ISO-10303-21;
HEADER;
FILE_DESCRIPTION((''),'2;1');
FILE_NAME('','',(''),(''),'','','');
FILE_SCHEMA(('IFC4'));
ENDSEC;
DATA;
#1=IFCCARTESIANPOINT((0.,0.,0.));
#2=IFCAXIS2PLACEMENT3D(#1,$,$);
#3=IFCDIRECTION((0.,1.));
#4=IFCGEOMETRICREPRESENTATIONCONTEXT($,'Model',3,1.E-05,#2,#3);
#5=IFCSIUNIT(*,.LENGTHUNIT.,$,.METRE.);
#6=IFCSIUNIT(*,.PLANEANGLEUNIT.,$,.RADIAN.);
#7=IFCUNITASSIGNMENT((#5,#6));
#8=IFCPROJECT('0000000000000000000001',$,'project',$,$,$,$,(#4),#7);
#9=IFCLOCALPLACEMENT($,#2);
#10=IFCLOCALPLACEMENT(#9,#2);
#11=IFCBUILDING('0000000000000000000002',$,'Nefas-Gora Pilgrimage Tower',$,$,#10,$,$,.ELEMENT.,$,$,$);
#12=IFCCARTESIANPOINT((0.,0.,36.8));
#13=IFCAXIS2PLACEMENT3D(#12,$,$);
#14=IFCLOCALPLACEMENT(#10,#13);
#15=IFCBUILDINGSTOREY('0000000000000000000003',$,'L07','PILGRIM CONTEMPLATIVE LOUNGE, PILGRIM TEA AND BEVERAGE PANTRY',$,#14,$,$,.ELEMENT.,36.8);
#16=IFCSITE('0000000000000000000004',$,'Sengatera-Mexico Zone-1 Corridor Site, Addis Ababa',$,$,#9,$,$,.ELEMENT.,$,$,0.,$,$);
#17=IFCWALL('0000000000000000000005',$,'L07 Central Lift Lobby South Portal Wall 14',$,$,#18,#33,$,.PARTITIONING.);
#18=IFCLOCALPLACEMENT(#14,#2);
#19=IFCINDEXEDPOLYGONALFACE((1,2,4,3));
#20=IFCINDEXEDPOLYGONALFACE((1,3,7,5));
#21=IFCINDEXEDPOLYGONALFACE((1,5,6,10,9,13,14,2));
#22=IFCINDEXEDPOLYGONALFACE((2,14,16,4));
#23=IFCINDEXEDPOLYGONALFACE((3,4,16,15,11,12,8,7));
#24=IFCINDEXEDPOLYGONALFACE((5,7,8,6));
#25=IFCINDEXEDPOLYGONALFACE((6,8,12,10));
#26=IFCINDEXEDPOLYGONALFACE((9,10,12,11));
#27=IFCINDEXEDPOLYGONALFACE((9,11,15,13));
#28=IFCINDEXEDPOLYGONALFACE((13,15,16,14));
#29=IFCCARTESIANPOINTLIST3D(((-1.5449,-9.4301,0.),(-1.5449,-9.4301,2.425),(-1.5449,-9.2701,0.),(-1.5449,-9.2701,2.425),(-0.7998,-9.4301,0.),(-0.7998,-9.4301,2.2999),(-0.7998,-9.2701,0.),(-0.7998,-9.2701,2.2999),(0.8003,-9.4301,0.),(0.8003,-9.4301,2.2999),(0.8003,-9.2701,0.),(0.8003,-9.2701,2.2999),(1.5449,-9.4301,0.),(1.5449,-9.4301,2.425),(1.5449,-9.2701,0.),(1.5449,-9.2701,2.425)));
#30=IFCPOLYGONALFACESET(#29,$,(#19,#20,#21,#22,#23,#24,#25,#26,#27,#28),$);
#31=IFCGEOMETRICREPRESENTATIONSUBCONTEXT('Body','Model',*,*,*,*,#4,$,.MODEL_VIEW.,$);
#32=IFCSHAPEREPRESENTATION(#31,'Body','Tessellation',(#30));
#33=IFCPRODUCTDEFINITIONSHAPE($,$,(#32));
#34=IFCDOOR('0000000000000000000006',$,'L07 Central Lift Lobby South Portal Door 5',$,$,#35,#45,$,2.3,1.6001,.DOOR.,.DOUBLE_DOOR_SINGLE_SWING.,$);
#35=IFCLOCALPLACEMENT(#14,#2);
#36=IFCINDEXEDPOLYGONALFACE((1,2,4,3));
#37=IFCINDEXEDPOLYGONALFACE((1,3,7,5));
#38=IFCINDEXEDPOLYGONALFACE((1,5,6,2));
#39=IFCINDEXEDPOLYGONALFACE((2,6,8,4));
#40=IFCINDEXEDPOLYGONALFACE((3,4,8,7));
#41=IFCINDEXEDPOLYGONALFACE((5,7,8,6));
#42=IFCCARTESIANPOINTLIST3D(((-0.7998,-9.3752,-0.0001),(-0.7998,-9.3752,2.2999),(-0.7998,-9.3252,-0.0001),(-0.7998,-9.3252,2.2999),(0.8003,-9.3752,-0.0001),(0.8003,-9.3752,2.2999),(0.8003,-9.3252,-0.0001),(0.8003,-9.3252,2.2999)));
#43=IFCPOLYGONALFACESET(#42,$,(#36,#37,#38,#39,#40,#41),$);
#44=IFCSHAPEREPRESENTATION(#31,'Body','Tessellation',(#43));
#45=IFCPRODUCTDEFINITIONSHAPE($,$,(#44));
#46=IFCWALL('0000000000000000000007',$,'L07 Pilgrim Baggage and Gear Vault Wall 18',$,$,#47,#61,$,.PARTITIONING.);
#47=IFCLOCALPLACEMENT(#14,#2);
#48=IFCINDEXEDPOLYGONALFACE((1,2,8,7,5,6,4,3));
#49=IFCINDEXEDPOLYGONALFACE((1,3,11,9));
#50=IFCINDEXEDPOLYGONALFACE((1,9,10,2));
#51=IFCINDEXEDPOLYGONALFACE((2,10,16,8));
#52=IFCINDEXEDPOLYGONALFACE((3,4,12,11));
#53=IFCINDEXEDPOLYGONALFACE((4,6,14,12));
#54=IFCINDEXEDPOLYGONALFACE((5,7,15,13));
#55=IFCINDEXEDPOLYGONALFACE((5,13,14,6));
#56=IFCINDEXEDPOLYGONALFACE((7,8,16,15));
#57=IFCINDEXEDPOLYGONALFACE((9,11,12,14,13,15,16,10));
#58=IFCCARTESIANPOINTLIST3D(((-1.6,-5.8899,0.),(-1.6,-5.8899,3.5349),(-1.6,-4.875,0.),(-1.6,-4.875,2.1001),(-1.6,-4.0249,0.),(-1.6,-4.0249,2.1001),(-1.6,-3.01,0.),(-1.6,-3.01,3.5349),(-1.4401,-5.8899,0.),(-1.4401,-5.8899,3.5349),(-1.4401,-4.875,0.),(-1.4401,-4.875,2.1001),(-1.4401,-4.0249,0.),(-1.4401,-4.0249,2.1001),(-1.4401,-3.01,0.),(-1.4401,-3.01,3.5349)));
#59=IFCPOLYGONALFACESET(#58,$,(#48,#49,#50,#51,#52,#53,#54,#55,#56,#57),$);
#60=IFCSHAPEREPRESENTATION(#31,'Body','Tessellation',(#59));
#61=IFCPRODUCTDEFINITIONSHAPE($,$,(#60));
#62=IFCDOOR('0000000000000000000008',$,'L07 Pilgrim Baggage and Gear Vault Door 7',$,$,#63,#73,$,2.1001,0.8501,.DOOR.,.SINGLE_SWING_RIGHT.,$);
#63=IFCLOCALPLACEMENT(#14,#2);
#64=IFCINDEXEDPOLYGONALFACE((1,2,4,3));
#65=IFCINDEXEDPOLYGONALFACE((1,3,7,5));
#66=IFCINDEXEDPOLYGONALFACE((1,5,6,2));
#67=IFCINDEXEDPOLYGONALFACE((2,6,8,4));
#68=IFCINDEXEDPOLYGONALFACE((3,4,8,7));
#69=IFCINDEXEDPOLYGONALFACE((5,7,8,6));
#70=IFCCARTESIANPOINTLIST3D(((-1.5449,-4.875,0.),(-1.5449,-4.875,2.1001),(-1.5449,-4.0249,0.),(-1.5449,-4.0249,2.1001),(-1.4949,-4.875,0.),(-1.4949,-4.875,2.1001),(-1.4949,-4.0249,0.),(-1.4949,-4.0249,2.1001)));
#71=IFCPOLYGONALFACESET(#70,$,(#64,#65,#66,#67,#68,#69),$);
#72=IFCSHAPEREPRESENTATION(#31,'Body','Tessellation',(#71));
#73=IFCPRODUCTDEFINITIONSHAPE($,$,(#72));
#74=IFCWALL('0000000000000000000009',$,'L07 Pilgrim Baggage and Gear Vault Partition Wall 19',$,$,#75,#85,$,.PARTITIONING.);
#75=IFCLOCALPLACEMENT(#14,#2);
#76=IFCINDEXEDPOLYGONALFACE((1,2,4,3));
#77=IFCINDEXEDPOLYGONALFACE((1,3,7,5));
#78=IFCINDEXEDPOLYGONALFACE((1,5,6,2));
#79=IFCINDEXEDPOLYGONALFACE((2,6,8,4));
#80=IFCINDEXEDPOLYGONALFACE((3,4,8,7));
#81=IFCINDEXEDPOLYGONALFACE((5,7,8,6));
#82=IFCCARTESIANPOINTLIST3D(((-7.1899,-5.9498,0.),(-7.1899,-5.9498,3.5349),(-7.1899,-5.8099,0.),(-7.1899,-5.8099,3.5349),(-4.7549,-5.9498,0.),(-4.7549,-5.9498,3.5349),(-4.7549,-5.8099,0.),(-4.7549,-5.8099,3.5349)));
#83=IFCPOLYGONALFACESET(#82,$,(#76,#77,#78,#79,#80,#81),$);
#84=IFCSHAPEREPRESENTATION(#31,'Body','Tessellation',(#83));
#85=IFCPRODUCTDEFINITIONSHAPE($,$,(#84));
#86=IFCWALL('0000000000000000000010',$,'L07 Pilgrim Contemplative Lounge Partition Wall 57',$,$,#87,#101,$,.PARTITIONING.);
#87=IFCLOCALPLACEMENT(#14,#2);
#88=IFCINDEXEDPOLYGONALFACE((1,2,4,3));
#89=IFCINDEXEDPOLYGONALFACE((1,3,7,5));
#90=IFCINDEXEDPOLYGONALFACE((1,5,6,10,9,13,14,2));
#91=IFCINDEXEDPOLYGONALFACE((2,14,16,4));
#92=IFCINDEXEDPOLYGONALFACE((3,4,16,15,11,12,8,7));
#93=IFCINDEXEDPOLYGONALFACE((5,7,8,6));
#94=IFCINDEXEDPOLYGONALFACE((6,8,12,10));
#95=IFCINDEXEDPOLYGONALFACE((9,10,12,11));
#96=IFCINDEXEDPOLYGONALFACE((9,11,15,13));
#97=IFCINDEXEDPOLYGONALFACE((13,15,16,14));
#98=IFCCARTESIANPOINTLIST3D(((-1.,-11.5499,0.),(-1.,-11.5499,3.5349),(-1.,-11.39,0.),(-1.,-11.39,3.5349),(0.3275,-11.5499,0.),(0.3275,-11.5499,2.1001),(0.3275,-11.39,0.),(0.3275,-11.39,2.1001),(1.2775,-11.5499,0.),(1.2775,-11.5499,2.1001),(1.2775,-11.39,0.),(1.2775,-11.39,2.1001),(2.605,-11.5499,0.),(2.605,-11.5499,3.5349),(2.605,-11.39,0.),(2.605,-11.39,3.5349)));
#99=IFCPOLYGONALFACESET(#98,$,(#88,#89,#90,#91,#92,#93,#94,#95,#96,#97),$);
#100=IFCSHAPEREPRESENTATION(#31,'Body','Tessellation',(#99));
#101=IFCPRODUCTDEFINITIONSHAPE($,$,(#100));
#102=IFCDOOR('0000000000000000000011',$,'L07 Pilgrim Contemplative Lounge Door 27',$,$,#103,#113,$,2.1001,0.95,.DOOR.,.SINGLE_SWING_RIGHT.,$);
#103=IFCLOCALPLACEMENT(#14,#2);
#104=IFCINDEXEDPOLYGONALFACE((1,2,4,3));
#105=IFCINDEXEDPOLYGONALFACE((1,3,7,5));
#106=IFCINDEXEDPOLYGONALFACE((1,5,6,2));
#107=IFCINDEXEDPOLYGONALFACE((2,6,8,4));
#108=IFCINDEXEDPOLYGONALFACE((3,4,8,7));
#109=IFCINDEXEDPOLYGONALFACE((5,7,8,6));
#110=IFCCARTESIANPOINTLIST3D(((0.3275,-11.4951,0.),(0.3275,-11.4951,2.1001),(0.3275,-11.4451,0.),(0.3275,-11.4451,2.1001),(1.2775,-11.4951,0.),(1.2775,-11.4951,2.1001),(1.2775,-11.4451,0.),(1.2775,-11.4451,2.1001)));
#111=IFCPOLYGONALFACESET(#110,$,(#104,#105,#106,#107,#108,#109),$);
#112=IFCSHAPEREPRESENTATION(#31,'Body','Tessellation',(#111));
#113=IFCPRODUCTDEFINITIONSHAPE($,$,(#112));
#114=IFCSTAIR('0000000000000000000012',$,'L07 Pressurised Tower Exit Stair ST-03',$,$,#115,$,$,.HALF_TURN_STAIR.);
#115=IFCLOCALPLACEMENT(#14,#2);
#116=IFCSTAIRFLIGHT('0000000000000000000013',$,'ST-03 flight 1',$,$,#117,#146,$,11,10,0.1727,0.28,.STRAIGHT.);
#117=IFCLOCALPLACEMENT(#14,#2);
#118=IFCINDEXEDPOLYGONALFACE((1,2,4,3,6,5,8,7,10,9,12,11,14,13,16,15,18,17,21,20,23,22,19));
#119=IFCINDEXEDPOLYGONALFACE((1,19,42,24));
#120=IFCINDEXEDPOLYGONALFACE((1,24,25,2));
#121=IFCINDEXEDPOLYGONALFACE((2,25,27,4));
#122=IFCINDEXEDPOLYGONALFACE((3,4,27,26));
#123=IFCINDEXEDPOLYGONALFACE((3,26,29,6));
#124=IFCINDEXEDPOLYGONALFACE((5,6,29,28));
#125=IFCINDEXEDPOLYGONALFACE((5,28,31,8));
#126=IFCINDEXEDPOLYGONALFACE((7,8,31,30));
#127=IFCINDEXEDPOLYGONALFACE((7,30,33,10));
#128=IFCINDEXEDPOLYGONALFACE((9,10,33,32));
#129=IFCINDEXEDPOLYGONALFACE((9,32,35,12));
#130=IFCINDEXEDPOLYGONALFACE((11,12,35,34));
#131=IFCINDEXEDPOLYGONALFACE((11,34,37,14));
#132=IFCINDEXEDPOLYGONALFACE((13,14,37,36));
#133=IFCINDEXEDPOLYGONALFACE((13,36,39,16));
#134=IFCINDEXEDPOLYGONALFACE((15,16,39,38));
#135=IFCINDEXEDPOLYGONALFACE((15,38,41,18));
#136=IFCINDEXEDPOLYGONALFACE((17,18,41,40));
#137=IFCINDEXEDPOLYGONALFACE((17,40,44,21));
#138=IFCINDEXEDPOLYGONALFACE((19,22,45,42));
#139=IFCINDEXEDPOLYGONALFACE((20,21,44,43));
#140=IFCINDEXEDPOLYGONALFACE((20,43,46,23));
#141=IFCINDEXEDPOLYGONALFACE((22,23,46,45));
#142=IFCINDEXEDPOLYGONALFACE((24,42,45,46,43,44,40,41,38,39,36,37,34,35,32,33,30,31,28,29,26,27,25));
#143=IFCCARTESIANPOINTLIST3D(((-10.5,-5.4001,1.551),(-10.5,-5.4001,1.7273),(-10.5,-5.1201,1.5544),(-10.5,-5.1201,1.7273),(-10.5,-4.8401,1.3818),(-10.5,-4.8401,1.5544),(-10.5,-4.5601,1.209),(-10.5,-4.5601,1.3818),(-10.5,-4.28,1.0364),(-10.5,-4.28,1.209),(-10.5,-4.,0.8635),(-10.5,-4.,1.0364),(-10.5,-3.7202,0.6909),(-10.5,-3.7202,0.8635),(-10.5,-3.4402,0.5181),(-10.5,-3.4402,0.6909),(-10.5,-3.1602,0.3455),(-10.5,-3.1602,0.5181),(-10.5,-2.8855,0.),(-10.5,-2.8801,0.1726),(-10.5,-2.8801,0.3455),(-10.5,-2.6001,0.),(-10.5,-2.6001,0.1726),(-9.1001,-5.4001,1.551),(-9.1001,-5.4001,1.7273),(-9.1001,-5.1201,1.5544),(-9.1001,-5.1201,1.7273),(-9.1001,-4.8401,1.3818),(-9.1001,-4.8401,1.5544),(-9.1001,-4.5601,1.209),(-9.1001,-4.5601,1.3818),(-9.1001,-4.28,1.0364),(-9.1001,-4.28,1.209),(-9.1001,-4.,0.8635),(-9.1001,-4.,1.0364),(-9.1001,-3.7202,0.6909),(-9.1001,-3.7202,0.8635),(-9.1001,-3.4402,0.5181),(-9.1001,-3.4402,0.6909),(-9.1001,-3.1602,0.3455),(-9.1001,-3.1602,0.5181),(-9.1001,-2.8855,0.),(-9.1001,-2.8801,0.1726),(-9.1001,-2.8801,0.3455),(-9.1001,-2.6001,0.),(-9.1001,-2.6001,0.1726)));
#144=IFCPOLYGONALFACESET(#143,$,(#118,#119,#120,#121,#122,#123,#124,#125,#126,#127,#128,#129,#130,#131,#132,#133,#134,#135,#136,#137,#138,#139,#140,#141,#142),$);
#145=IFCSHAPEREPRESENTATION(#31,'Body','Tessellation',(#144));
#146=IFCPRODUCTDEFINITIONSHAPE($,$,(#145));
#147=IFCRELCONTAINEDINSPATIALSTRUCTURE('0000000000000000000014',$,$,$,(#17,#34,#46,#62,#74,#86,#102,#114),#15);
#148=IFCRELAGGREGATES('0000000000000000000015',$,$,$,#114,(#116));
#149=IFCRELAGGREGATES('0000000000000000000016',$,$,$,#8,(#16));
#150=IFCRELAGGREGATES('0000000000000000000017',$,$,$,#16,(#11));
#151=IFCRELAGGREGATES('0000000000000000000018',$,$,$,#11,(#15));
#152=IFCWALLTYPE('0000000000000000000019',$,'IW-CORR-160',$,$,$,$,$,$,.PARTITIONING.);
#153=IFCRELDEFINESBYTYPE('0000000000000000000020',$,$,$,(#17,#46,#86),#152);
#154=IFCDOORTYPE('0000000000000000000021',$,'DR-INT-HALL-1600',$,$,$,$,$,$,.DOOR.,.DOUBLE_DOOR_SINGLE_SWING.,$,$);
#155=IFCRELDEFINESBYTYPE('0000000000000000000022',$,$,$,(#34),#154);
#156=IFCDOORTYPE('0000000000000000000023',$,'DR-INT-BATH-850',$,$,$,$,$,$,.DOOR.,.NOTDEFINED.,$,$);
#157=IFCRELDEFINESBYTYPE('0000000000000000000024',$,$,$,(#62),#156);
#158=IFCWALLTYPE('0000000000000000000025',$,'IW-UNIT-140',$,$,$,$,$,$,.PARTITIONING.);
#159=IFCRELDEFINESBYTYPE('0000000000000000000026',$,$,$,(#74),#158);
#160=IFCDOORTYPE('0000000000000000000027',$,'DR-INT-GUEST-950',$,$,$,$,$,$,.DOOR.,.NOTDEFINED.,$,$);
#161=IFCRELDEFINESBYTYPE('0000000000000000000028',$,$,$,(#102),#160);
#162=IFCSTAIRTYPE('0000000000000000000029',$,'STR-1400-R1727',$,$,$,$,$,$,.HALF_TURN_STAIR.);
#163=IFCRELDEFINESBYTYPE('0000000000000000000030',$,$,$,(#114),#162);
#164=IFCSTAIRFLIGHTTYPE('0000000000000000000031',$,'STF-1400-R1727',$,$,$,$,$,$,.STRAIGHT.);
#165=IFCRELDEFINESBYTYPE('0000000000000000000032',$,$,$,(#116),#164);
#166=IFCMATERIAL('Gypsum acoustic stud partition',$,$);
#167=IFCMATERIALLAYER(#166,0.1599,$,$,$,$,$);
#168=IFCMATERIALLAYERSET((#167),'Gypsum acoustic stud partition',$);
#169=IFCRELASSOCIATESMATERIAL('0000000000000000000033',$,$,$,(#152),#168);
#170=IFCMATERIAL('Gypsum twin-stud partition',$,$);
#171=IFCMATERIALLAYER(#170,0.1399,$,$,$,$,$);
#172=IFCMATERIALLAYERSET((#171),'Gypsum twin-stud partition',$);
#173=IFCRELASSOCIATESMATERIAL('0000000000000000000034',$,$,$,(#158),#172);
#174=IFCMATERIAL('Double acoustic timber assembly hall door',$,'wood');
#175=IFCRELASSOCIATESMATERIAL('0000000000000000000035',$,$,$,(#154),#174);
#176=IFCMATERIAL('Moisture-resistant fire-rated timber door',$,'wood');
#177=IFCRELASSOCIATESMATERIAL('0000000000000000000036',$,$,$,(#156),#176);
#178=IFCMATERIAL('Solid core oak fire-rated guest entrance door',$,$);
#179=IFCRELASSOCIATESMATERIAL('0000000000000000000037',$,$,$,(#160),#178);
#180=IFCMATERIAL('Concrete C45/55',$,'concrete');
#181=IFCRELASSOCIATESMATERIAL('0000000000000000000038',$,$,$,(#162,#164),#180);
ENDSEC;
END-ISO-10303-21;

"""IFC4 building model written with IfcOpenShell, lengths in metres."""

from ifc_helpers import new_model, si_unit, direction, frame, frame_2d, origin, place, context, subcontext, project, spatial, polyline, rectangle, outline, extrude, source, transform, mapped, material, layer, layer_set, type_object, element, fill, aggregate, save


model = new_model("IFC4")

# Units and contexts
model_context = context("Model", 3, precision=1e-05, world=origin(), true_north=direction((0.0, 1.0)))
body_context = subcontext(model_context, "Body", "Model", "MODEL_VIEW")
ifc_project = project(units=[si_unit("LENGTHUNIT", "METRE"), si_unit("PLANEANGLEUNIT", "RADIAN")], contexts=[model_context])

# Site, building, storey
site_placement = place(None, origin())
site = spatial("IfcSite", under=ifc_project, at=site_placement, Name="Sengatera-Mexico Zone-1 Corridor Site, Addis Ababa", CompositionType="ELEMENT", RefElevation=0.0)
building_placement = place(site_placement, origin())
building = spatial("IfcBuilding", under=site, at=building_placement, Name="Nefas-Gora Pilgrimage Tower", CompositionType="ELEMENT")
storey_placement = place(building_placement, frame((0.0, 0.0, 36.8)))
storey = spatial("IfcBuildingStorey", under=building, at=storey_placement, Name="L07", Description="PILGRIM CONTEMPLATIVE LOUNGE, PILGRIM TEA AND BEVERAGE PANTRY", CompositionType="ELEMENT", Elevation=36.8)

# Shared definitions
ifc_material_1 = material(Name="Concrete C45/55", Category="concrete")

# Shared definitions
ifc_material_2 = material(Name="Gypsum acoustic stud partition")
ifc_layer_1 = layer(ifc_material_2, 0.1599)
ifc_layer_set_1 = layer_set([ifc_layer_1], Name="Gypsum acoustic stud partition")
wall_type_1 = type_object("IfcWallType", Name="IW-CORR-160", PredefinedType="PARTITIONING", material=ifc_layer_set_1)
ifc_material_3 = material(Name="Gypsum twin-stud partition")
ifc_layer_2 = layer(ifc_material_3, 0.1399)
ifc_layer_set_2 = layer_set([ifc_layer_2], Name="Gypsum twin-stud partition")
wall_type_2 = type_object("IfcWallType", Name="IW-UNIT-140", PredefinedType="PARTITIONING", material=ifc_layer_set_2)

# Walls, openings, doors
shared_shape_1 = source(origin(), body_context, "Body", "SweptSolid", [
    extrude(rectangle(XDim=3.0898, YDim=0.1599, at=frame_2d((1.5449, 0.0))), origin(), (0.0, 0.0, 1.0), 2.425),
])
wall_1_placement = place(storey_placement, frame((-1.5449, -9.3501, 0.0), z_axis=(0.0, 0.0, 1.0), x_axis=(1.0, 0.0, 0.0)))
wall_1 = element("IfcWall", 1, at=wall_1_placement, inside=storey, type_object=wall_type_1, Name="L07 Central Lift Lobby South Portal Wall 14", PredefinedType="PARTITIONING", context=body_context, shape_type="MappedRepresentation", body=[
    mapped(shared_shape_1, transform((0.0, 0.0, 0.0), x_axis=(1.0, 0.0, 0.0), y_axis=(0.0, 1.0, 0.0), z_axis=(0.0, 0.0, 1.0), scale=1.0)),
])
opening_1_placement = place(wall_1_placement, frame((0.7451, 0.0, 0.0)))
opening_1 = element("IfcOpeningElement", 2, at=opening_1_placement, cuts=wall_1, PredefinedType="OPENING", context=body_context, shape_type="SweptSolid", body=[
    extrude(rectangle(XDim=1.6001, YDim=2.3, at=frame_2d((0.8, 1.1499))), frame((0.0, 0.0898, 0.0), z_axis=(0.0, -1.0, 0.0), x_axis=(1.0, 0.0, 0.0)), (0.0, 0.0, 1.0), 0.1799),
])
ifc_material_4 = material(Name="Double acoustic timber assembly hall door", Category="wood")
door_type_1 = type_object("IfcDoorType", Name="DR-INT-HALL-1600", OperationType="DOUBLE_DOOR_SINGLE_SWING", PredefinedType="DOOR", material=ifc_material_4)
shared_shape_2 = source(origin(), body_context, "Body", "SweptSolid", [
    extrude(rectangle(XDim=1.6001, YDim=2.3, at=frame_2d((0.8, 1.1499))), frame((0.0, 0.0249, 0.0), z_axis=(0.0, -1.0, 0.0), x_axis=(1.0, 0.0, 0.0)), (0.0, 0.0, 1.0), 0.05),
])
door_1_placement = place(opening_1_placement, origin())
door_1 = element("IfcDoor", 3, at=door_1_placement, inside=storey, type_object=door_type_1, Name="L07 Central Lift Lobby South Portal Door 5", OperationType="DOUBLE_DOOR_SINGLE_SWING", OverallHeight=2.3, OverallWidth=1.6001, PredefinedType="DOOR", context=body_context, shape_type="MappedRepresentation", body=[
    mapped(shared_shape_2, transform((0.0, 0.0, 0.0), x_axis=(1.0, 0.0, 0.0), y_axis=(0.0, 1.0, 0.0), z_axis=(0.0, 0.0, 1.0), scale=1.0)),
])
fill(opening_1, door_1)
shared_shape_3 = source(origin(), body_context, "Body", "SweptSolid", [
    extrude(rectangle(XDim=2.8799, YDim=0.1599, at=frame_2d((1.4399, 0.0))), origin(), (0.0, 0.0, 1.0), 3.5349),
])
wall_2_placement = place(storey_placement, frame((-1.52, -5.8899, 0.0), z_axis=(0.0, 0.0, 1.0), x_axis=(0.0, 1.0, 0.0)))
wall_2 = element("IfcWall", 4, at=wall_2_placement, inside=storey, type_object=wall_type_1, Name="L07 Pilgrim Baggage and Gear Vault Wall 18", PredefinedType="PARTITIONING", context=body_context, shape_type="MappedRepresentation", body=[
    mapped(shared_shape_3, transform((0.0, 0.0, 0.0), x_axis=(1.0, 0.0, 0.0), y_axis=(0.0, 1.0, 0.0), z_axis=(0.0, 0.0, 1.0), scale=1.0)),
])
opening_2_placement = place(wall_2_placement, frame((1.0149, 0.0, 0.0)))
opening_2 = element("IfcOpeningElement", 5, at=opening_2_placement, cuts=wall_2, PredefinedType="OPENING", context=body_context, shape_type="SweptSolid", body=[
    extrude(rectangle(XDim=0.8501, YDim=2.1001, at=frame_2d((0.425, 1.05))), frame((0.0, 0.0898, 0.0), z_axis=(0.0, -1.0, 0.0), x_axis=(1.0, 0.0, 0.0)), (0.0, 0.0, 1.0), 0.1799),
])
ifc_material_5 = material(Name="Moisture-resistant fire-rated timber door", Category="wood")
door_type_2 = type_object("IfcDoorType", Name="DR-INT-BATH-850", OperationType="NOTDEFINED", PredefinedType="DOOR", material=ifc_material_5)
shared_shape_4 = source(origin(), body_context, "Body", "SweptSolid", [
    extrude(rectangle(XDim=0.8501, YDim=2.1001, at=frame_2d((0.425, 1.05))), frame((0.0, 0.0249, 0.0), z_axis=(0.0, -1.0, 0.0), x_axis=(1.0, 0.0, 0.0)), (0.0, 0.0, 1.0), 0.05),
])
door_2_placement = place(opening_2_placement, origin())
door_2 = element("IfcDoor", 6, at=door_2_placement, inside=storey, type_object=door_type_2, Name="L07 Pilgrim Baggage and Gear Vault Door 7", OperationType="SINGLE_SWING_RIGHT", OverallHeight=2.1001, OverallWidth=0.8501, PredefinedType="DOOR", context=body_context, shape_type="MappedRepresentation", body=[
    mapped(shared_shape_4, transform((0.0, 0.0, 0.0), x_axis=(1.0, 0.0, 0.0), y_axis=(0.0, 1.0, 0.0), z_axis=(0.0, 0.0, 1.0), scale=1.0)),
])
fill(opening_2, door_2)

# Wall
shared_shape_5 = source(origin(), body_context, "Body", "SweptSolid", [
    extrude(rectangle(XDim=2.4351, YDim=0.1399, at=frame_2d((1.2175, 0.0))), origin(), (0.0, 0.0, 1.0), 3.5349),
])
wall_3_placement = place(storey_placement, frame((-7.1899, -5.8799, 0.0), z_axis=(0.0, 0.0, 1.0), x_axis=(1.0, 0.0, 0.0)))
element("IfcWall", 7, at=wall_3_placement, inside=storey, type_object=wall_type_2, Name="L07 Pilgrim Baggage and Gear Vault Partition Wall 19", PredefinedType="PARTITIONING", context=body_context, shape_type="MappedRepresentation", body=[
    mapped(shared_shape_5, transform((0.0, 0.0, 0.0), x_axis=(1.0, 0.0, 0.0), y_axis=(0.0, 1.0, 0.0), z_axis=(0.0, 0.0, 1.0), scale=1.0)),
])

# Wall, opening, door
shared_shape_6 = source(origin(), body_context, "Body", "SweptSolid", [
    extrude(rectangle(XDim=3.605, YDim=0.1599, at=frame_2d((1.8025, 0.0))), origin(), (0.0, 0.0, 1.0), 3.5349),
])
wall_4_placement = place(storey_placement, frame((-1.0, -11.47, 0.0), z_axis=(0.0, 0.0, 1.0), x_axis=(1.0, 0.0, 0.0)))
wall_4 = element("IfcWall", 8, at=wall_4_placement, inside=storey, type_object=wall_type_1, Name="L07 Pilgrim Contemplative Lounge Partition Wall 57", PredefinedType="PARTITIONING", context=body_context, shape_type="MappedRepresentation", body=[
    mapped(shared_shape_6, transform((0.0, 0.0, 0.0), x_axis=(1.0, 0.0, 0.0), y_axis=(0.0, 1.0, 0.0), z_axis=(0.0, 0.0, 1.0), scale=1.0)),
])
opening_3_placement = place(wall_4_placement, frame((1.3274, 0.0, 0.0)))
opening_3 = element("IfcOpeningElement", 9, at=opening_3_placement, cuts=wall_4, PredefinedType="OPENING", context=body_context, shape_type="SweptSolid", body=[
    extrude(rectangle(XDim=0.95, YDim=2.1001, at=frame_2d((0.4751, 1.05))), frame((0.0, 0.0898, 0.0), z_axis=(0.0, -1.0, 0.0), x_axis=(1.0, 0.0, 0.0)), (0.0, 0.0, 1.0), 0.1799),
])
ifc_material_6 = material(Name="Solid core oak fire-rated guest entrance door")
door_type_3 = type_object("IfcDoorType", Name="DR-INT-GUEST-950", OperationType="NOTDEFINED", PredefinedType="DOOR", material=ifc_material_6)
shared_shape_7 = source(origin(), body_context, "Body", "SweptSolid", [
    extrude(rectangle(XDim=0.95, YDim=2.1001, at=frame_2d((0.4751, 1.05))), frame((0.0, 0.0249, 0.0), z_axis=(0.0, -1.0, 0.0), x_axis=(1.0, 0.0, 0.0)), (0.0, 0.0, 1.0), 0.05),
])
door_3_placement = place(opening_3_placement, origin())
door_3 = element("IfcDoor", 10, at=door_3_placement, inside=storey, type_object=door_type_3, Name="L07 Pilgrim Contemplative Lounge Door 27", OperationType="SINGLE_SWING_RIGHT", OverallHeight=2.1001, OverallWidth=0.95, PredefinedType="DOOR", context=body_context, shape_type="MappedRepresentation", body=[
    mapped(shared_shape_7, transform((0.0, 0.0, 0.0), x_axis=(1.0, 0.0, 0.0), y_axis=(0.0, 1.0, 0.0), z_axis=(0.0, 0.0, 1.0), scale=1.0)),
])
fill(opening_3, door_3)

# Stair, stair flight
stair_type = type_object("IfcStairType", Name="STR-1400-R1727", PredefinedType="HALF_TURN_STAIR", material=ifc_material_1)
stair_placement = place(storey_placement, origin())
stair = element("IfcStair", 11, at=stair_placement, inside=storey, type_object=stair_type, Name="L07 Pressurised Tower Exit Stair ST-03", PredefinedType="HALF_TURN_STAIR")
stair_flight_type = type_object("IfcStairFlightType", Name="STF-1400-R1727", PredefinedType="STRAIGHT", material=ifc_material_1)
shared_shape_8 = source(origin(), body_context, "Body", "SweptSolid", [
    extrude(outline(polyline([(0.0, 0.0), (0.0, 0.1726), (0.28, 0.1726), (0.28, 0.3455), (0.5601, 0.3455), (0.5601, 0.5181), (0.8401, 0.5181), (0.8401, 0.6909), (1.1201, 0.6909), (1.1201, 0.8635), (1.3999, 0.8635), (1.3999, 1.0364), (1.6799, 1.0364), (1.6799, 1.209), (1.96, 1.209), (1.96, 1.3818), (2.24, 1.3818), (2.24, 1.5544), (2.52, 1.5544), (2.52, 1.7273), (2.8, 1.7273), (2.8, 1.8999), (2.8, 1.551), (0.2854, 0.0), (0.0, 0.0)])), frame((0.0, 0.7, 0.0), z_axis=(0.0, -1.0, 0.0), x_axis=(1.0, 0.0, 0.0)), (0.0, 0.0, 1.0), 1.3999),
])
stair_flight_1_placement = place(storey_placement, frame((-9.8, -2.6001, 0.0), z_axis=(0.0, 0.0, 1.0), x_axis=(0.0, -1.0, 0.0)))
stair_flight_1 = element("IfcStairFlight", 12, at=stair_flight_1_placement, type_object=stair_flight_type, Name="ST-03 flight 1", NumberOfRisers=11, NumberOfTreads=10, PredefinedType="STRAIGHT", RiserHeight=0.1727, TreadLength=0.28, context=body_context, shape_type="MappedRepresentation", body=[
    mapped(shared_shape_8, transform((0.0, 0.0, 0.0), x_axis=(1.0, 0.0, 0.0), y_axis=(0.0, 1.0, 0.0), z_axis=(0.0, 0.0, 1.0), scale=1.0)),
])
aggregate(stair, [stair_flight_1])

save(model, "model.ifc")
